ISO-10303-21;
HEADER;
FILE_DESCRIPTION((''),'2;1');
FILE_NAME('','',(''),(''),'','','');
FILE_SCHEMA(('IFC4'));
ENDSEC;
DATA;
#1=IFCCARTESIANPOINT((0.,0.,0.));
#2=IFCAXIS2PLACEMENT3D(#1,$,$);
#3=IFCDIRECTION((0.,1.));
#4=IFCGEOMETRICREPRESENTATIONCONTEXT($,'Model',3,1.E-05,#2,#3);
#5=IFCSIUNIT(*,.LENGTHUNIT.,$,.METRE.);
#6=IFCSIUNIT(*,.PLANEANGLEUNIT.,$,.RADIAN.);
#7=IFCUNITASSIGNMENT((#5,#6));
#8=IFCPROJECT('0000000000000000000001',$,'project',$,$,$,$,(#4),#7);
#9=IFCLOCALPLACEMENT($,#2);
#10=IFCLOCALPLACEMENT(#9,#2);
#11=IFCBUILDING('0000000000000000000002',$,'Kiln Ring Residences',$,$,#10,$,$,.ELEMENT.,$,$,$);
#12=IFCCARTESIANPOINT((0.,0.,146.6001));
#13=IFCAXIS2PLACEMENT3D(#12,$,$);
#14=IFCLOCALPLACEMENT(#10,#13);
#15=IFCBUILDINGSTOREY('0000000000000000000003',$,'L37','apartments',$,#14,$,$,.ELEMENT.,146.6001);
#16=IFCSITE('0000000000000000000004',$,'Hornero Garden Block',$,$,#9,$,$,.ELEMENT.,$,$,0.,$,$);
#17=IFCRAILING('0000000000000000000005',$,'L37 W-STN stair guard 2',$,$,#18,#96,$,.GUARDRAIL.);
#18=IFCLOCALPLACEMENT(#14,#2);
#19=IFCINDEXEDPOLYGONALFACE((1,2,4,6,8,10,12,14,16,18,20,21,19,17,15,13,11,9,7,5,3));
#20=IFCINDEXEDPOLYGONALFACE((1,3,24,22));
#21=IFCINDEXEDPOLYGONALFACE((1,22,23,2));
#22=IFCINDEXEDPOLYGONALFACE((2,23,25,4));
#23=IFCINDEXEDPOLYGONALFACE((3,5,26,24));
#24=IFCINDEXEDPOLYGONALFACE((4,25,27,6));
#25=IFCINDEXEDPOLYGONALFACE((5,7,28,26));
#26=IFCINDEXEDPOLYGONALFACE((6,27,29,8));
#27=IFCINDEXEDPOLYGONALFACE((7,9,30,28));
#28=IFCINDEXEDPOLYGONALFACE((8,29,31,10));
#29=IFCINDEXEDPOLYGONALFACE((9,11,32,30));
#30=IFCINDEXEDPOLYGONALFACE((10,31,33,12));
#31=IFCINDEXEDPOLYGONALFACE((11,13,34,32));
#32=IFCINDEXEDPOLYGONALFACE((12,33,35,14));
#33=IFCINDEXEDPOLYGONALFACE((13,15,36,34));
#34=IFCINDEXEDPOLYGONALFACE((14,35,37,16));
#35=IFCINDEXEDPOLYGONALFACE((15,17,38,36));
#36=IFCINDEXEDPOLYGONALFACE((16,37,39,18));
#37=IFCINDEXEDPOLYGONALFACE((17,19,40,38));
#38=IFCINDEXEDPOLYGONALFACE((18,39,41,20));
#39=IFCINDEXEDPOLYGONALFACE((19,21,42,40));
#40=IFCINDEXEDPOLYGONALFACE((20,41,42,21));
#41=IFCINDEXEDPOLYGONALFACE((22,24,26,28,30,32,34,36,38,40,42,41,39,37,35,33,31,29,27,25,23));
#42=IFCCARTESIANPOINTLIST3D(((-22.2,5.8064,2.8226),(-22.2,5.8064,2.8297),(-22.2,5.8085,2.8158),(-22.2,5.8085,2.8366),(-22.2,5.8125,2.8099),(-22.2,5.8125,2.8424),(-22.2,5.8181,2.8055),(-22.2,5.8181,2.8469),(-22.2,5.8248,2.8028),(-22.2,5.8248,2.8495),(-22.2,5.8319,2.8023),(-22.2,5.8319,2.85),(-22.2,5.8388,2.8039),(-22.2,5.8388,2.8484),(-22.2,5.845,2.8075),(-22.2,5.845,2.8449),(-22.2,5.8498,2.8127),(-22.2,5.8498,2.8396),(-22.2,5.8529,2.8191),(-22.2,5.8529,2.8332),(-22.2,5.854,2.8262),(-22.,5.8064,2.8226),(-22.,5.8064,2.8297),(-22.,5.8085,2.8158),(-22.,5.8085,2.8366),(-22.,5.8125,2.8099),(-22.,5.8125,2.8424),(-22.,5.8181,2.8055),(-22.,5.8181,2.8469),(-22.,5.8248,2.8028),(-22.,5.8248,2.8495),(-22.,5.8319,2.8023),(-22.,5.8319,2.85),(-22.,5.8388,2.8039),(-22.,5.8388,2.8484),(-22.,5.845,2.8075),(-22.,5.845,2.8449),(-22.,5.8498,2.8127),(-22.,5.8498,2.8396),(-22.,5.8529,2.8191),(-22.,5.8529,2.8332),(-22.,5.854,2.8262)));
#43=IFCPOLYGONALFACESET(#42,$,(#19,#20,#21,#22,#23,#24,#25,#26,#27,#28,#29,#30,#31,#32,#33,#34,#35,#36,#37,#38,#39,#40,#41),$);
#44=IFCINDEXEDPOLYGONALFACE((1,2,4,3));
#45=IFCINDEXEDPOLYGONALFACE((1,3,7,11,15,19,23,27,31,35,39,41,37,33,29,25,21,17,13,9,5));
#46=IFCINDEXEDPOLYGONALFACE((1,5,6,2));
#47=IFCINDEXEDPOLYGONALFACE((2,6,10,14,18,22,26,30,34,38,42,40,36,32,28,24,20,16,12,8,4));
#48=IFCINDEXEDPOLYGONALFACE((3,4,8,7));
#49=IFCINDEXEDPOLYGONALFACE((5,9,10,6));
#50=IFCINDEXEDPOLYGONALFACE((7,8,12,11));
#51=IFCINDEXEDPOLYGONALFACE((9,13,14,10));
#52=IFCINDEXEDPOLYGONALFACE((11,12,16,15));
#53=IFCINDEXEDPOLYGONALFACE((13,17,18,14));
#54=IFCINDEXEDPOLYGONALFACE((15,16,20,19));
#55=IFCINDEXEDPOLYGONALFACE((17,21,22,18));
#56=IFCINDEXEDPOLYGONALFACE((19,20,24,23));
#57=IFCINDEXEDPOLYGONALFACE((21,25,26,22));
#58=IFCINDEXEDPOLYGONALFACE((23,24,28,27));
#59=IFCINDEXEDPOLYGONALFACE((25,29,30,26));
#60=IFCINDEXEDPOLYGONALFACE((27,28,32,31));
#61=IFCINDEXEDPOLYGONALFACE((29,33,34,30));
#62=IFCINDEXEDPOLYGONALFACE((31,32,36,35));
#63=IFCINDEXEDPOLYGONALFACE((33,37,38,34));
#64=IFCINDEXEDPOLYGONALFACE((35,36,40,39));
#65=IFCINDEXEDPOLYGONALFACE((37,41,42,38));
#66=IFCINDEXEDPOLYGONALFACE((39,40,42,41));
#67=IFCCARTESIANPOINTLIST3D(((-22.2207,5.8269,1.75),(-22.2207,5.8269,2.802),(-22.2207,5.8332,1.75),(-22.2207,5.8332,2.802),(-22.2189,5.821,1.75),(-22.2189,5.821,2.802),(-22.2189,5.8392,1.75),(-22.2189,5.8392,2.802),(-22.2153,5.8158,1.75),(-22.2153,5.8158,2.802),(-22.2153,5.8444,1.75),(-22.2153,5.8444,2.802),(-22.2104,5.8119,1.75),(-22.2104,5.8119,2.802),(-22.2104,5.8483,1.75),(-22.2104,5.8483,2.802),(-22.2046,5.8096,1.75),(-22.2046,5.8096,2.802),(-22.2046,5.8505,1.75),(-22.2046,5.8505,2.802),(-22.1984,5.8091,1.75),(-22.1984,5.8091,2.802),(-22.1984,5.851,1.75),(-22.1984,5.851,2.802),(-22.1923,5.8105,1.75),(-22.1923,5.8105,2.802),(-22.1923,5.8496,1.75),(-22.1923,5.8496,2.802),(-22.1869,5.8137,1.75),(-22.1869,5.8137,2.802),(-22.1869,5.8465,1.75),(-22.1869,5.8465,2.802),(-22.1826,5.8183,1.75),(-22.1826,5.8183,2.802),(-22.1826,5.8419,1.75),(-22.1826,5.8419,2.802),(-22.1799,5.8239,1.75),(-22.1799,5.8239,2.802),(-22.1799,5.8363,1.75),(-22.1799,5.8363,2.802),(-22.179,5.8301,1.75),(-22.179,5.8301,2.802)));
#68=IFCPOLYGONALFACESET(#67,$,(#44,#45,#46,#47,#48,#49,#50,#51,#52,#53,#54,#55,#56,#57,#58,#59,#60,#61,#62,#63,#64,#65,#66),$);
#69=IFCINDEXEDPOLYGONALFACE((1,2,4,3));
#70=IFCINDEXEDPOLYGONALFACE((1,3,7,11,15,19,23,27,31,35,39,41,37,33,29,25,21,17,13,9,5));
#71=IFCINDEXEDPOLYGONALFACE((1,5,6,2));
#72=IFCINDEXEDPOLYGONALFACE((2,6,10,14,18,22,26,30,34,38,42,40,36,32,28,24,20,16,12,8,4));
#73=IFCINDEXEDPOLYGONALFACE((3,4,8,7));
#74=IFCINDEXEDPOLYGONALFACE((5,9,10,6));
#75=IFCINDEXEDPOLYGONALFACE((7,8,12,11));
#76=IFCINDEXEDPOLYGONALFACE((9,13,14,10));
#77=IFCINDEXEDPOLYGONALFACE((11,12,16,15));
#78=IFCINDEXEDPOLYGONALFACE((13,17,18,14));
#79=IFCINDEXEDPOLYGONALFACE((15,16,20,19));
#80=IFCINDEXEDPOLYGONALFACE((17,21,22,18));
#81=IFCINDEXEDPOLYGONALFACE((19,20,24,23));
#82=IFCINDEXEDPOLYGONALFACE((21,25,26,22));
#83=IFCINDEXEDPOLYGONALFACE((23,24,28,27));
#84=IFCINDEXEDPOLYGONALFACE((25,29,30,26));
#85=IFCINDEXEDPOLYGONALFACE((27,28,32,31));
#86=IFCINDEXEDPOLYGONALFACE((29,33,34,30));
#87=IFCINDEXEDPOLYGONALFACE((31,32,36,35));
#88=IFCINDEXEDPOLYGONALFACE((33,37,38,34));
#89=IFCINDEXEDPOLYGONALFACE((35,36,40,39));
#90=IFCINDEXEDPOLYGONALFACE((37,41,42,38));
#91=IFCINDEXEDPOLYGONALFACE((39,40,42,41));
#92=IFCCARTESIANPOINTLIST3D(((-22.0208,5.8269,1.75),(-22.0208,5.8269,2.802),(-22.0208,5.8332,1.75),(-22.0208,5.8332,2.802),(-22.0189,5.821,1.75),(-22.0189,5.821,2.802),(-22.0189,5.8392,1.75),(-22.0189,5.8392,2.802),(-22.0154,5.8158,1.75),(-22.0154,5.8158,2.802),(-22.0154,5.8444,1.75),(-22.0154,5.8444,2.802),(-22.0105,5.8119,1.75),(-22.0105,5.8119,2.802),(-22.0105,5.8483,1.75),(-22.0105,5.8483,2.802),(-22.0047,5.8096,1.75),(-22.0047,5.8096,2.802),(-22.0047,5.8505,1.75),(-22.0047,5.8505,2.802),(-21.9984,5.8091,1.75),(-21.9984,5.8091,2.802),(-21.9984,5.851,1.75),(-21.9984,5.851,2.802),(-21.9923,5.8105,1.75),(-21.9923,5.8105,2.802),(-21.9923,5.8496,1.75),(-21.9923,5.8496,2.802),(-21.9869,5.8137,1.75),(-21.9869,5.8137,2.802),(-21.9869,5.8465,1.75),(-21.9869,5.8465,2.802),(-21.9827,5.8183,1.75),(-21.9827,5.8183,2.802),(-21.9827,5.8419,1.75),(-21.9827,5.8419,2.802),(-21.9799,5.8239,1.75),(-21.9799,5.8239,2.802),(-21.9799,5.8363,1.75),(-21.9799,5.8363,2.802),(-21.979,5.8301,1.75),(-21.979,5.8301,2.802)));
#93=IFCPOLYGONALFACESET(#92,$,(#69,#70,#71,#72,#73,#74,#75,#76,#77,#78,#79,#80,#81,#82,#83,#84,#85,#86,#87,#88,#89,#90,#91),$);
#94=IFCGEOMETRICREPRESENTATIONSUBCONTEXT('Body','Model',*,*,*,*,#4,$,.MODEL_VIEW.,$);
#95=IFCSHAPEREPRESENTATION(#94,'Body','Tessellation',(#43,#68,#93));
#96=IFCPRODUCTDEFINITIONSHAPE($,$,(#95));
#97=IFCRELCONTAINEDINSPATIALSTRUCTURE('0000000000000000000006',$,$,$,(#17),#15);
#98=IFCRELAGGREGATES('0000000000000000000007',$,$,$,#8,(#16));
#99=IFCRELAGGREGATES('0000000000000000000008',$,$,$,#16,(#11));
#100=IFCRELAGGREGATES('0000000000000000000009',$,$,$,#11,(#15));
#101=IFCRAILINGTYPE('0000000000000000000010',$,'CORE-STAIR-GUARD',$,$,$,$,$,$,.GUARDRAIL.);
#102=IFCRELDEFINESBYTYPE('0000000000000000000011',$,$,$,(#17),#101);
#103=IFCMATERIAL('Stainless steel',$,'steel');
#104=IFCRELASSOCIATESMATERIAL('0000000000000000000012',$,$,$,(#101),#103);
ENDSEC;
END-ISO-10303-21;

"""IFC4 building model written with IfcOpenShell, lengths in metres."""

from ifc_helpers import new_model, si_unit, direction, frame, origin, origin_2d, place, context, subcontext, project, spatial, circle, extrude, material, type_object, element, save


model = new_model("IFC4")

# Units and contexts
model_context = context("Model", 3, precision=1e-05, world=origin(), true_north=direction((0.0, 1.0)))
body_context = subcontext(model_context, "Body", "Model", "MODEL_VIEW")
ifc_project = project(units=[si_unit("LENGTHUNIT", "METRE"), si_unit("PLANEANGLEUNIT", "RADIAN")], contexts=[model_context])

# Site, building, storey
site_placement = place(None, origin())
site = spatial("IfcSite", under=ifc_project, at=site_placement, Name="Hornero Garden Block", CompositionType="ELEMENT", RefElevation=0.0)
building_placement = place(site_placement, origin())
building = spatial("IfcBuilding", under=site, at=building_placement, Name="Kiln Ring Residences", CompositionType="ELEMENT")
storey_placement = place(building_placement, frame((0.0, 0.0, 146.6001)))
storey = spatial("IfcBuildingStorey", under=building, at=storey_placement, Name="L37", Description="apartments", CompositionType="ELEMENT", Elevation=146.6001)

# Railing
ifc_material_1 = material(Name="Stainless steel", Category="steel")
railing_type_1 = type_object("IfcRailingType", Name="CORE-STAIR-GUARD", PredefinedType="GUARDRAIL", material=ifc_material_1)
railing_1_placement = place(storey_placement, frame((-22.2, 5.8301, 1.75)))
element("IfcRailing", 1, at=railing_1_placement, inside=storey, type_object=railing_type_1, Name="L37 W-STN stair guard 2", PredefinedType="GUARDRAIL", context=body_context, shape_type="SweptSolid", body=[
    extrude(circle(Radius=0.0239, at=origin_2d()), frame((0.0, 0.0, 1.0762), z_axis=(1.0, 0.0, 0.0), x_axis=(0.0, 1.0, 0.0)), (0.0, 0.0, 1.0), 0.2),
    extrude(circle(Radius=0.021, at=origin_2d()), origin(), (0.0, 0.0, 1.0), 1.052),
    extrude(circle(Radius=0.021, at=origin_2d()), frame((0.2, 0.0, 0.0)), (0.0, 0.0, 1.0), 1.052),
])

save(model, "model.ifc")
